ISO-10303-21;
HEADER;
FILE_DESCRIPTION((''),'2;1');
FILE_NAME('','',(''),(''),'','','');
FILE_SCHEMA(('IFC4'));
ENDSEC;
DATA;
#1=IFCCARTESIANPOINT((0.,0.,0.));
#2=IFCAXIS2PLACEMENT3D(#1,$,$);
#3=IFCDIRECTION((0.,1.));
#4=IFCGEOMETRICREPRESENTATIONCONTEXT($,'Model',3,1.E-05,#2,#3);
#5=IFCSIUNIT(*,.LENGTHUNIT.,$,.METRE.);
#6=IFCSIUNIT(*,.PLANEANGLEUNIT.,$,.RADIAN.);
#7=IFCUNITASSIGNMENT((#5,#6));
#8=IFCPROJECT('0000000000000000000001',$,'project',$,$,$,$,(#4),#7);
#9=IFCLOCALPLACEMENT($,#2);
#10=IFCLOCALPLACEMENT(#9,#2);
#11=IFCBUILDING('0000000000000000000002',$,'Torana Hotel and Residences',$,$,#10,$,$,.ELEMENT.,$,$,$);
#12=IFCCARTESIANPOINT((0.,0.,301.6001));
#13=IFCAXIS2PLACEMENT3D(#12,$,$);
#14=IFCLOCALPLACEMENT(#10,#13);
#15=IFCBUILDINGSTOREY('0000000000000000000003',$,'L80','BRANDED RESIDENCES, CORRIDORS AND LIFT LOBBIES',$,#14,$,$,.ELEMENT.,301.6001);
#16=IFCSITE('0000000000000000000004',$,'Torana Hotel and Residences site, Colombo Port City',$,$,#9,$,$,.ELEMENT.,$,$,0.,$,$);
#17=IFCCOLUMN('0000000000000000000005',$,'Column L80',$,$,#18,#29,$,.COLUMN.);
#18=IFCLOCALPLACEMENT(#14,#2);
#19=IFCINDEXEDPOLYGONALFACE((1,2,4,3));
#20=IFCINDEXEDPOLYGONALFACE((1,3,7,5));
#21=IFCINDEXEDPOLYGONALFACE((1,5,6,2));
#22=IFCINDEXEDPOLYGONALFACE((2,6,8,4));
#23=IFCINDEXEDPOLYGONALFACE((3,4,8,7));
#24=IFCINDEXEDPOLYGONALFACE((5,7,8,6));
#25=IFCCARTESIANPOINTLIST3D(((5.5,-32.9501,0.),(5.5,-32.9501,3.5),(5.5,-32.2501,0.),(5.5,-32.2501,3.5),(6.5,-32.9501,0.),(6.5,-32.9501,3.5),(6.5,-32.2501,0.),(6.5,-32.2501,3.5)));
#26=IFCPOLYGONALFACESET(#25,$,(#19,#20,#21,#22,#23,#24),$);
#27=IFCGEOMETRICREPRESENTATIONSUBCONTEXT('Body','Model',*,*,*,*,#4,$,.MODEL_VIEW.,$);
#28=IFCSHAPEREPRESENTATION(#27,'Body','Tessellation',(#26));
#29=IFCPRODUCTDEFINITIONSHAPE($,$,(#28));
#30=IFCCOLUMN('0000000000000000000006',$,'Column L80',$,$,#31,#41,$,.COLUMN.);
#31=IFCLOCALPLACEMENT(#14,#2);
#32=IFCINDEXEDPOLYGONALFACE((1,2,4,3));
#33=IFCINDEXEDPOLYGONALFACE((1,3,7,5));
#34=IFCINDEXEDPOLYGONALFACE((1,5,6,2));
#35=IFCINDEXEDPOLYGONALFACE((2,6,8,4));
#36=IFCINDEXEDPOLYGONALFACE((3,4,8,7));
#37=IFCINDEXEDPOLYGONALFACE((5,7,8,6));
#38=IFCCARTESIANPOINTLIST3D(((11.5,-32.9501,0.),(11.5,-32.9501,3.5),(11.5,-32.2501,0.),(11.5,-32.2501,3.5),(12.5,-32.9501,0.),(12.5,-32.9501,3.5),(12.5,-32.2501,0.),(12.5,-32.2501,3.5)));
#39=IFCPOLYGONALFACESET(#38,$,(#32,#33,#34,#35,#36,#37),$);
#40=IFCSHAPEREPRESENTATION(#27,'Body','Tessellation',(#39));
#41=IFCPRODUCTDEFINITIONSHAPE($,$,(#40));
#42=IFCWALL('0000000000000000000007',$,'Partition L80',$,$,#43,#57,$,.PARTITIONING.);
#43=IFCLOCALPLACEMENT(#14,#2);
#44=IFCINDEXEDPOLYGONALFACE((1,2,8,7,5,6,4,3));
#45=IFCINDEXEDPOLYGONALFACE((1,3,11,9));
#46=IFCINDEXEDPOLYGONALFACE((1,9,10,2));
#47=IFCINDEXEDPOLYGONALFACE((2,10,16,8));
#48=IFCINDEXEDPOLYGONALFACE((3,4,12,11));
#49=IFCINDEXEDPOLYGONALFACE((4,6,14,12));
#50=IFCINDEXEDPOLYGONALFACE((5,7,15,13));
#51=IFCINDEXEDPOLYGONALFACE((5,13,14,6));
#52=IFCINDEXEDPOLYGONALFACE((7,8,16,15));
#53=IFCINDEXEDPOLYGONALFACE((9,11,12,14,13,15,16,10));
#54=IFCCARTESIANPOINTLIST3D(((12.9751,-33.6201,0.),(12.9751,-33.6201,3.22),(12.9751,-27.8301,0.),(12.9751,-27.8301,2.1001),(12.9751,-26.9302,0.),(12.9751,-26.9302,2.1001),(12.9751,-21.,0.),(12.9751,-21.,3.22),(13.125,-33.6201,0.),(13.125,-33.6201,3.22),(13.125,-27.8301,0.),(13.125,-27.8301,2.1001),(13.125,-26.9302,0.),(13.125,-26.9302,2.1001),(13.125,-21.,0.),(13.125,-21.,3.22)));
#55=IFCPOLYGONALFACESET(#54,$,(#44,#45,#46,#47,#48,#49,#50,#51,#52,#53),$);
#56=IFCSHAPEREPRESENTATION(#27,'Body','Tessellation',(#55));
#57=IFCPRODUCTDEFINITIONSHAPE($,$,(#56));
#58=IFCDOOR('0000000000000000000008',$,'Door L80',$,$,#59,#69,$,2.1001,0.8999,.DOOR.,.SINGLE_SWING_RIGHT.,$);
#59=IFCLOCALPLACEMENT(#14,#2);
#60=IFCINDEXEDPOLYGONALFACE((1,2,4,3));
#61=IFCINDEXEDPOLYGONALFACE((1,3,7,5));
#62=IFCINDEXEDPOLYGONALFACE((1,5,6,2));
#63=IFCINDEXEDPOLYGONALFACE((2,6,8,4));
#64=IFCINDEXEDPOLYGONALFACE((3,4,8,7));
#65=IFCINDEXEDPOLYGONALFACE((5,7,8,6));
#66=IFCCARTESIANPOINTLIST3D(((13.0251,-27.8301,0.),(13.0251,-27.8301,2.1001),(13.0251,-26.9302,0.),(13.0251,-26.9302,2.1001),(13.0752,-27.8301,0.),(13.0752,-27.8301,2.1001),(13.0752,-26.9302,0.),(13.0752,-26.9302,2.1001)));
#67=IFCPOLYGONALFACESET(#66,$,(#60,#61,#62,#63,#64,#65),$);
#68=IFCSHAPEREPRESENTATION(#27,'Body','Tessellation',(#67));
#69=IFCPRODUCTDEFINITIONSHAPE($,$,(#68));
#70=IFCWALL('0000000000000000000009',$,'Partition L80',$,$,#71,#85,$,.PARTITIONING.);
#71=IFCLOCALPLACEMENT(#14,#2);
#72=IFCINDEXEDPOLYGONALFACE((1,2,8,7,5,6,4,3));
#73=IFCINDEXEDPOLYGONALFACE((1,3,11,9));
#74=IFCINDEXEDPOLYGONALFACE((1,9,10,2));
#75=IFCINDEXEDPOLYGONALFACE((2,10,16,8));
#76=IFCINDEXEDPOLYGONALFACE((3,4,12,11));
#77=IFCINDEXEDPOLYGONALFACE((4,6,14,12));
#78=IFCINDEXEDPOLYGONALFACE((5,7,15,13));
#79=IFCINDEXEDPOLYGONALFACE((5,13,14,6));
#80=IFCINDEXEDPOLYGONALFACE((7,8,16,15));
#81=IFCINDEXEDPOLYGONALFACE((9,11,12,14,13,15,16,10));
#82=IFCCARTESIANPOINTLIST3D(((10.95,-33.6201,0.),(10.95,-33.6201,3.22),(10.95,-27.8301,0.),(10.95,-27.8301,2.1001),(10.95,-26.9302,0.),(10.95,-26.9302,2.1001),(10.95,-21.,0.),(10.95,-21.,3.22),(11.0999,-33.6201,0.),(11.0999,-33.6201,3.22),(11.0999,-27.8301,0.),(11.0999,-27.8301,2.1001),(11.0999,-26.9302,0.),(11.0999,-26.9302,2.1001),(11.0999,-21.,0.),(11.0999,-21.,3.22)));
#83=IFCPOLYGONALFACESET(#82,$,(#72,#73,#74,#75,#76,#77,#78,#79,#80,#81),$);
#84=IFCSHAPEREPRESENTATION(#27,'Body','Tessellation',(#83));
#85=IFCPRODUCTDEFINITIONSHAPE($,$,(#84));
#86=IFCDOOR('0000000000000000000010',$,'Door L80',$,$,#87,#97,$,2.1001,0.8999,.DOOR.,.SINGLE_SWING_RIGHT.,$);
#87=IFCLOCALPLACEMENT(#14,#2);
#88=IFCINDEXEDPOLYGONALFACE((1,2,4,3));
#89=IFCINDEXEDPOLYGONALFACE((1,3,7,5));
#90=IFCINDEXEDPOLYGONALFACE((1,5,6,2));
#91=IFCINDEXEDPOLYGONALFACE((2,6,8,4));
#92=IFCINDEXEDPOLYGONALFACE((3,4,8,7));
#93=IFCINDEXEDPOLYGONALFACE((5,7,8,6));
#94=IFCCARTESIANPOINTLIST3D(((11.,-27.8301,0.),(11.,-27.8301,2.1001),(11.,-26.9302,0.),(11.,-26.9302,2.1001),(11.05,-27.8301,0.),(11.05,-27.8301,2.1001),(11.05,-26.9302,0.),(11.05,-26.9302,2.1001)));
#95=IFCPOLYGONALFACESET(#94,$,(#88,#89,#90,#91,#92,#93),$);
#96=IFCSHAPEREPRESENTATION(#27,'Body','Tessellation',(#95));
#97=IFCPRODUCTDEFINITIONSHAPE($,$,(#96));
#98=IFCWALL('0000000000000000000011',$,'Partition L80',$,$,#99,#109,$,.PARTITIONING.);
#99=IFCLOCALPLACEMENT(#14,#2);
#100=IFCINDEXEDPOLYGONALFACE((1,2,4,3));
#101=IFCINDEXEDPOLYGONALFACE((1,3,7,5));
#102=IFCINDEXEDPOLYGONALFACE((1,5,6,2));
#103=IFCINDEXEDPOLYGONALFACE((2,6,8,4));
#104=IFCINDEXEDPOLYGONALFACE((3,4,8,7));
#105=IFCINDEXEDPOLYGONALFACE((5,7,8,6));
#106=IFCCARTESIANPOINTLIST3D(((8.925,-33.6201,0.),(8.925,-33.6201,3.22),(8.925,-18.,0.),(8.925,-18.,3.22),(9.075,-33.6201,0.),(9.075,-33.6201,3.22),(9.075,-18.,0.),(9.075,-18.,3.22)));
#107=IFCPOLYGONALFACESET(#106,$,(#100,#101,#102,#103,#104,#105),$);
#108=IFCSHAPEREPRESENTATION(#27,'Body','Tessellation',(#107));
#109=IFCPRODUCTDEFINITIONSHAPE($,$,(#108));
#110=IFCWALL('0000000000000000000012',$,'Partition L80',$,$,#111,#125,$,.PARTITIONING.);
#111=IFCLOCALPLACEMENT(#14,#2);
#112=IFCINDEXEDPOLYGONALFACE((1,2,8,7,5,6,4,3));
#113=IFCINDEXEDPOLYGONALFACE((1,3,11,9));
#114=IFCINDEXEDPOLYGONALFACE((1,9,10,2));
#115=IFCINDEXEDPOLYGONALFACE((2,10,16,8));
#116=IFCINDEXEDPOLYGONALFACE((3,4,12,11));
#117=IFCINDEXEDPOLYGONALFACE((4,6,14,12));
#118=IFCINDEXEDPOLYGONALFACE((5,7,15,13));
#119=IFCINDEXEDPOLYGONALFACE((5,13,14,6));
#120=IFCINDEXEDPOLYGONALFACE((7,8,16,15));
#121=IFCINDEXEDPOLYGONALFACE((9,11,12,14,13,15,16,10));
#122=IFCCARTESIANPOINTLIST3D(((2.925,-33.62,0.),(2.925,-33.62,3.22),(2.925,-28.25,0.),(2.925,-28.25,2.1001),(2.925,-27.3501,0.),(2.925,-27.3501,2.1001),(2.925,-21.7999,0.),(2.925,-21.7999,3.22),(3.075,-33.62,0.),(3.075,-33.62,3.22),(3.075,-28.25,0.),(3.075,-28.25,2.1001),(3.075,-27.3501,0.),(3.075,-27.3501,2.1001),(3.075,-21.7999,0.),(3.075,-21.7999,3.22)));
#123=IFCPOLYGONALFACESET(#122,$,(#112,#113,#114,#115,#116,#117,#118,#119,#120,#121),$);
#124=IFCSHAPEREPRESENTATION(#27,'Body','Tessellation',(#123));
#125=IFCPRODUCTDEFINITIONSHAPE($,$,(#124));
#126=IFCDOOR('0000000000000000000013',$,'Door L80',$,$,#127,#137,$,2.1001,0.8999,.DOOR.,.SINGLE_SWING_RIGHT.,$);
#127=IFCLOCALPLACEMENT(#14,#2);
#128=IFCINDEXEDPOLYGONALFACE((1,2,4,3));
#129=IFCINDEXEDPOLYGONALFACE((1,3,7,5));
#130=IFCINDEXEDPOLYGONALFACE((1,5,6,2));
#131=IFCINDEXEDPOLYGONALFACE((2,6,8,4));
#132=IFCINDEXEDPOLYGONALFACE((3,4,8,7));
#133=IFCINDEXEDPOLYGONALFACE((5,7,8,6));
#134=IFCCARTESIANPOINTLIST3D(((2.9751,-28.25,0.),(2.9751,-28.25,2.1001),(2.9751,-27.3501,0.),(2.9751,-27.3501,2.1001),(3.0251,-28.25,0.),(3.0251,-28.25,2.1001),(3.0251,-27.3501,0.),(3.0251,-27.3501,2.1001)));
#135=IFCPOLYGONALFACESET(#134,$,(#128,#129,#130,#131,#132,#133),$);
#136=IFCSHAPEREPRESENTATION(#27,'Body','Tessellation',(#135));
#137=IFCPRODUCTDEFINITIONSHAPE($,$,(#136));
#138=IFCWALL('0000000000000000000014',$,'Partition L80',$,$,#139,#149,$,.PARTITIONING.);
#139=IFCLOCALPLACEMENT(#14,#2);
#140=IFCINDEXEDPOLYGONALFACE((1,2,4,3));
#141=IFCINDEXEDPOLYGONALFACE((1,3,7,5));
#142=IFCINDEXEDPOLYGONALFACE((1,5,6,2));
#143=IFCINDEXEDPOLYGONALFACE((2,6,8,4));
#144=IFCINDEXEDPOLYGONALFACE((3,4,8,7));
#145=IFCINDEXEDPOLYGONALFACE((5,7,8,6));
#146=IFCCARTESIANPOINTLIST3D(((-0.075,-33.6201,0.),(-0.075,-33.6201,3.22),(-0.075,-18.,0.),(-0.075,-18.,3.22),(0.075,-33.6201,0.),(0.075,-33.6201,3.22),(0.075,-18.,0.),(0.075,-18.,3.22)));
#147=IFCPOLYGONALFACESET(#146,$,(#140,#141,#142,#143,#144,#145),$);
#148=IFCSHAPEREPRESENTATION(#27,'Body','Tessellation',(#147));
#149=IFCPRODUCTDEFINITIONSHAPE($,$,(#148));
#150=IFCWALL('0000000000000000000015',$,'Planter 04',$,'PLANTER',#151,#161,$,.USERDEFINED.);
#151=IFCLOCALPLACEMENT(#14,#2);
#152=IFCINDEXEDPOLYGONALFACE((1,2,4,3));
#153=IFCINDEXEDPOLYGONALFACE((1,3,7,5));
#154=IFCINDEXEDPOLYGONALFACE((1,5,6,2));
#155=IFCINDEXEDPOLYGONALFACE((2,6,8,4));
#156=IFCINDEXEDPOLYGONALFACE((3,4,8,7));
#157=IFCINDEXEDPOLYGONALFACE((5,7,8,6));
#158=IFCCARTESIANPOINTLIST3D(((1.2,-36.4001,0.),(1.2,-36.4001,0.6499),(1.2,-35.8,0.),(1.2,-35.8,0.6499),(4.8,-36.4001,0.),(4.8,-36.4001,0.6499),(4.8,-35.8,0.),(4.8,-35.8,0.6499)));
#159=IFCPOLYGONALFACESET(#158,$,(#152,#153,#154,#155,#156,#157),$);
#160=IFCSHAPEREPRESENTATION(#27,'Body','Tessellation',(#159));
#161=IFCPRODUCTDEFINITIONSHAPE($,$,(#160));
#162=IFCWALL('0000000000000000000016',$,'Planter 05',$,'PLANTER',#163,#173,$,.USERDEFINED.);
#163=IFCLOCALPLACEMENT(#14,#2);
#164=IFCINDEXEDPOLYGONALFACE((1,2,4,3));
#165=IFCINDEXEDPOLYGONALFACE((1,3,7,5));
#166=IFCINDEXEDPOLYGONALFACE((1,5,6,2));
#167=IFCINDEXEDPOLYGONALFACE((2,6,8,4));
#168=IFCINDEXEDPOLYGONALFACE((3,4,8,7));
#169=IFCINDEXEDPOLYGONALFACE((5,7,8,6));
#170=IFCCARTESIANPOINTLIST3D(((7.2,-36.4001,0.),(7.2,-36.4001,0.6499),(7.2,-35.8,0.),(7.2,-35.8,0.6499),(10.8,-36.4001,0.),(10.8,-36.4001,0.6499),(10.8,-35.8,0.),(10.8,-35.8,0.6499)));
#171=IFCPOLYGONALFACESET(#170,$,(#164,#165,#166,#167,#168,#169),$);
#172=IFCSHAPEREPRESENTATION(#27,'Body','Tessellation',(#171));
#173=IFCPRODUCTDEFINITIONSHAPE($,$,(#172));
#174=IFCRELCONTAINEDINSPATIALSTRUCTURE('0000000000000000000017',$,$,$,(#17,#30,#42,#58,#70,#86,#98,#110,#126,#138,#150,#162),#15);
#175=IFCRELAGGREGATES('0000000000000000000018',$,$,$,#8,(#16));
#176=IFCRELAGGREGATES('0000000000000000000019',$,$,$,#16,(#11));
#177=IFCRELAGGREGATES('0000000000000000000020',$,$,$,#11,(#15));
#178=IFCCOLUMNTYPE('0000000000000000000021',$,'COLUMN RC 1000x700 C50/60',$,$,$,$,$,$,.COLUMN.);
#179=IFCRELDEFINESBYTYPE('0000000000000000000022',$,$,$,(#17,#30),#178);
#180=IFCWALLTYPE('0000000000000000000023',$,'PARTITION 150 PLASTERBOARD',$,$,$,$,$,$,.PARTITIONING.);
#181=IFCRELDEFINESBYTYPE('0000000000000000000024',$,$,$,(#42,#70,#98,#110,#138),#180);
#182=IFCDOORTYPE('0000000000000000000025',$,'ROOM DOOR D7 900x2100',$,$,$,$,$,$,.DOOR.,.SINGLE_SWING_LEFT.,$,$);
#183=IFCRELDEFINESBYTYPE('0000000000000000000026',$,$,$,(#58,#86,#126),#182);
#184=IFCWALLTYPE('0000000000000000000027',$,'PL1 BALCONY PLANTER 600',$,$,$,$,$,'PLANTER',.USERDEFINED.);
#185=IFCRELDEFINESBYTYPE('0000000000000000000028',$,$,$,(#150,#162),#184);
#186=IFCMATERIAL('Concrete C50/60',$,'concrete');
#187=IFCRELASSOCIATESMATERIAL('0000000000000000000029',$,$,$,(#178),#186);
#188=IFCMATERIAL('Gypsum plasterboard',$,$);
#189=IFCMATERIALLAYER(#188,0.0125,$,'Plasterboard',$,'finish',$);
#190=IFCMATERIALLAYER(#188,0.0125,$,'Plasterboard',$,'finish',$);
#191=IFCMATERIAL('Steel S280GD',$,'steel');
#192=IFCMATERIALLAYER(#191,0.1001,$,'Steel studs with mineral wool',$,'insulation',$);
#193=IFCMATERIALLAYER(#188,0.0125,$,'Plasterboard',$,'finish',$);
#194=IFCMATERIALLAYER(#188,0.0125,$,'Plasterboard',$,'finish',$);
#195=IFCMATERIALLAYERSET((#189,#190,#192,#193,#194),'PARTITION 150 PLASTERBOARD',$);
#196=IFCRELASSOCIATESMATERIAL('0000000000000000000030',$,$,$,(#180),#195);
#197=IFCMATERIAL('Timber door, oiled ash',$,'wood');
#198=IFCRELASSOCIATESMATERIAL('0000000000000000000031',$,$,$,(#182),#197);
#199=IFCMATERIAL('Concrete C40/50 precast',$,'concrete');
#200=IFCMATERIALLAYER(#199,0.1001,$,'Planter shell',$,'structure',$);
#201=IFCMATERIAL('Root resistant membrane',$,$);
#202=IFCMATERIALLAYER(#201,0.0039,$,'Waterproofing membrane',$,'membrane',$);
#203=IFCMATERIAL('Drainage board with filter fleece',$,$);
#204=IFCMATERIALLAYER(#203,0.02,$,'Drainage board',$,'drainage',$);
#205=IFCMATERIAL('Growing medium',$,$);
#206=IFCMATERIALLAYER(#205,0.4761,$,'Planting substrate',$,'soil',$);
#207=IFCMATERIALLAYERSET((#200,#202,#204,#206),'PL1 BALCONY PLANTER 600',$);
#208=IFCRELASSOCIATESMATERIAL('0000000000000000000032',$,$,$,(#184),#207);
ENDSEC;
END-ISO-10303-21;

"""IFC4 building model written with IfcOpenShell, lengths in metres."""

from ifc_helpers import new_model, si_unit, direction, frame, frame_2d, origin, origin_2d, place, context, subcontext, project, spatial, rectangle, extrude, material, layer, layer_set, material_profile, profile_set, type_object, element, fill, save


model = new_model("IFC4")

# Units and contexts
model_context = context("Model", 3, precision=1e-05, world=origin(), true_north=direction((0.0, 1.0)))
body_context = subcontext(model_context, "Body", "Model", "MODEL_VIEW")
ifc_project = project(units=[si_unit("LENGTHUNIT", "METRE"), si_unit("PLANEANGLEUNIT", "RADIAN")], contexts=[model_context])

# Site, building, storey
site_placement = place(None, origin())
site = spatial("IfcSite", under=ifc_project, at=site_placement, Name="Torana Hotel and Residences site, Colombo Port City", CompositionType="ELEMENT", RefElevation=0.0)
building_placement = place(site_placement, origin())
building = spatial("IfcBuilding", under=site, at=building_placement, Name="Torana Hotel and Residences", CompositionType="ELEMENT")
storey_placement = place(building_placement, frame((0.0, 0.0, 301.6001)))
storey = spatial("IfcBuildingStorey", under=building, at=storey_placement, Name="L80", Description="BRANDED RESIDENCES, CORRIDORS AND LIFT LOBBIES", CompositionType="ELEMENT", Elevation=301.6001)

# Columns
ifc_material_1 = material(Name="Concrete C50/60", Category="concrete")
ifc_material_profile = material_profile(ifc_material_1, rectangle(XDim=1.0, YDim=0.7, at=origin_2d()), Name="RC 1000x700")
ifc_profile_set = profile_set([ifc_material_profile], Name="Concrete C50/60")
column_type = type_object("IfcColumnType", Name="COLUMN RC 1000x700 C50/60", PredefinedType="COLUMN", material=ifc_profile_set)
for number, where, z_axis, x_axis, name in (
    (1, (6.0, -32.6001, 0.0), (0.0, 0.0, 1.0), (1.0, 0.0, 0.0), "Column L80"),
    (2, (12.0, -32.6001, 0.0), (0.0, 0.0, 1.0), (1.0, 0.0, 0.0), "Column L80"),
):
    element("IfcColumn", number, at=place(storey_placement, frame(where, z_axis=z_axis, x_axis=x_axis)), inside=storey, type_object=column_type, Name=name, PredefinedType="COLUMN", context=body_context, shape_type="SweptSolid", body=[
        extrude(rectangle(XDim=1.0, YDim=0.7, at=origin_2d()), origin(), (0.0, 0.0, 1.0), 3.5),
    ])

# Walls, openings, doors
ifc_material_2 = material(Name="Gypsum plasterboard")
ifc_layer_1 = layer(ifc_material_2, 0.0125, Name="Plasterboard", Category="finish")
ifc_layer_2 = layer(ifc_material_2, 0.0125, Name="Plasterboard", Category="finish")
ifc_material_3 = material(Name="Steel S280GD", Category="steel")
ifc_layer_3 = layer(ifc_material_3, 0.1001, Name="Steel studs with mineral wool", Category="insulation")
ifc_layer_4 = layer(ifc_material_2, 0.0125, Name="Plasterboard", Category="finish")
ifc_layer_5 = layer(ifc_material_2, 0.0125, Name="Plasterboard", Category="finish")
ifc_layer_set_1 = layer_set([ifc_layer_1, ifc_layer_2, ifc_layer_3, ifc_layer_4, ifc_layer_5], Name="PARTITION 150 PLASTERBOARD")
wall_type_1 = type_object("IfcWallType", Name="PARTITION 150 PLASTERBOARD", PredefinedType="PARTITIONING", material=ifc_layer_set_1)
wall_1_placement = place(storey_placement, frame((13.05, -33.6201, 0.0), z_axis=(0.0, 0.0, 1.0), x_axis=(0.0, 1.0, 0.0)))
wall_1 = element("IfcWall", 3, at=wall_1_placement, inside=storey, type_object=wall_type_1, Name="Partition L80", PredefinedType="PARTITIONING", context=body_context, shape_type="SweptSolid", body=[
    extrude(rectangle(XDim=12.6201, YDim=0.1499, at=frame_2d((6.3101, 0.0))), origin(), (0.0, 0.0, 1.0), 3.22),
])
opening_1_placement = place(wall_1_placement, frame((5.79, 0.0, 0.0)))
opening_1 = element("IfcOpeningElement", 4, at=opening_1_placement, cuts=wall_1, PredefinedType="OPENING", context=body_context, shape_type="SweptSolid", body=[
    extrude(rectangle(XDim=0.8999, YDim=2.1001, at=frame_2d((0.45, 1.05))), frame((0.0, 0.085, 0.0), z_axis=(0.0, -1.0, 0.0), x_axis=(1.0, 0.0, 0.0)), (0.0, 0.0, 1.0), 0.1699),
])
ifc_material_4 = material(Name="Timber door, oiled ash", Category="wood")
door_type = type_object("IfcDoorType", Name="ROOM DOOR D7 900x2100", OperationType="SINGLE_SWING_LEFT", PredefinedType="DOOR", material=ifc_material_4)
door_1_placement = place(opening_1_placement, origin())
door_1 = element("IfcDoor", 5, at=door_1_placement, inside=storey, type_object=door_type, Name="Door L80", OperationType="SINGLE_SWING_RIGHT", OverallHeight=2.1001, OverallWidth=0.8999, PredefinedType="DOOR", context=body_context, shape_type="SweptSolid", body=[
    extrude(rectangle(XDim=0.8999, YDim=2.1001, at=frame_2d((0.45, 1.05))), frame((0.0, 0.0249, 0.0), z_axis=(0.0, -1.0, 0.0), x_axis=(1.0, 0.0, 0.0)), (0.0, 0.0, 1.0), 0.05),
])
fill(opening_1, door_1)
wall_2_placement = place(storey_placement, frame((11.0249, -33.6201, 0.0), z_axis=(0.0, 0.0, 1.0), x_axis=(0.0, 1.0, 0.0)))
wall_2 = element("IfcWall", 6, at=wall_2_placement, inside=storey, type_object=wall_type_1, Name="Partition L80", PredefinedType="PARTITIONING", context=body_context, shape_type="SweptSolid", body=[
    extrude(rectangle(XDim=12.6201, YDim=0.1499, at=frame_2d((6.3101, 0.0))), origin(), (0.0, 0.0, 1.0), 3.22),
])
opening_2_placement = place(wall_2_placement, frame((5.79, 0.0, 0.0)))
opening_2 = element("IfcOpeningElement", 7, at=opening_2_placement, cuts=wall_2, PredefinedType="OPENING", context=body_context, shape_type="SweptSolid", body=[
    extrude(rectangle(XDim=0.8999, YDim=2.1001, at=frame_2d((0.45, 1.05))), frame((0.0, 0.085, 0.0), z_axis=(0.0, -1.0, 0.0), x_axis=(1.0, 0.0, 0.0)), (0.0, 0.0, 1.0), 0.1699),
])
door_2_placement = place(opening_2_placement, origin())
door_2 = element("IfcDoor", 8, at=door_2_placement, inside=storey, type_object=door_type, Name="Door L80", OperationType="SINGLE_SWING_RIGHT", OverallHeight=2.1001, OverallWidth=0.8999, PredefinedType="DOOR", context=body_context, shape_type="SweptSolid", body=[
    extrude(rectangle(XDim=0.8999, YDim=2.1001, at=frame_2d((0.45, 1.05))), frame((0.0, 0.0249, 0.0), z_axis=(0.0, -1.0, 0.0), x_axis=(1.0, 0.0, 0.0)), (0.0, 0.0, 1.0), 0.05),
])
fill(opening_2, door_2)

# Wall
wall_3_placement = place(storey_placement, frame((9.0, -33.6201, 0.0), z_axis=(0.0, 0.0, 1.0), x_axis=(0.0, 1.0, 0.0)))
element("IfcWall", 9, at=wall_3_placement, inside=storey, type_object=wall_type_1, Name="Partition L80", PredefinedType="PARTITIONING", context=body_context, shape_type="SweptSolid", body=[
    extrude(rectangle(XDim=15.6201, YDim=0.1499, at=frame_2d((7.8101, 0.0))), origin(), (0.0, 0.0, 1.0), 3.22),
])

# Wall, opening, door
wall_4_placement = place(storey_placement, frame((3.0, -33.6201, 0.0), z_axis=(0.0, 0.0, 1.0), x_axis=(0.0, 1.0, 0.0)))
wall_4 = element("IfcWall", 10, at=wall_4_placement, inside=storey, type_object=wall_type_1, Name="Partition L80", PredefinedType="PARTITIONING", context=body_context, shape_type="SweptSolid", body=[
    extrude(rectangle(XDim=11.8201, YDim=0.1499, at=frame_2d((5.9102, 0.0))), origin(), (0.0, 0.0, 1.0), 3.22),
])
opening_3_placement = place(wall_4_placement, frame((5.3701, 0.0, 0.0)))
opening_3 = element("IfcOpeningElement", 11, at=opening_3_placement, cuts=wall_4, PredefinedType="OPENING", context=body_context, shape_type="SweptSolid", body=[
    extrude(rectangle(XDim=0.8999, YDim=2.1001, at=frame_2d((0.45, 1.05))), frame((0.0, 0.085, 0.0), z_axis=(0.0, -1.0, 0.0), x_axis=(1.0, 0.0, 0.0)), (0.0, 0.0, 1.0), 0.1699),
])
door_3_placement = place(opening_3_placement, origin())
door_3 = element("IfcDoor", 12, at=door_3_placement, inside=storey, type_object=door_type, Name="Door L80", OperationType="SINGLE_SWING_RIGHT", OverallHeight=2.1001, OverallWidth=0.8999, PredefinedType="DOOR", context=body_context, shape_type="SweptSolid", body=[
    extrude(rectangle(XDim=0.8999, YDim=2.1001, at=frame_2d((0.45, 1.05))), frame((0.0, 0.0249, 0.0), z_axis=(0.0, -1.0, 0.0), x_axis=(1.0, 0.0, 0.0)), (0.0, 0.0, 1.0), 0.05),
])
fill(opening_3, door_3)

# Walls
wall_5_placement = place(storey_placement, frame((0.0, -33.6201, 0.0), z_axis=(0.0, 0.0, 1.0), x_axis=(0.0, 1.0, 0.0)))
element("IfcWall", 13, at=wall_5_placement, inside=storey, type_object=wall_type_1, Name="Partition L80", PredefinedType="PARTITIONING", context=body_context, shape_type="SweptSolid", body=[
    extrude(rectangle(XDim=15.6201, YDim=0.1499, at=frame_2d((7.8101, 0.0))), origin(), (0.0, 0.0, 1.0), 3.22),
])
ifc_material_5 = material(Name="Concrete C40/50 precast", Category="concrete")
ifc_layer_6 = layer(ifc_material_5, 0.1001, Name="Planter shell", Category="structure")
ifc_material_6 = material(Name="Root resistant membrane")
ifc_layer_7 = layer(ifc_material_6, 0.0039, Name="Waterproofing membrane", Category="membrane")
ifc_material_7 = material(Name="Drainage board with filter fleece")
ifc_layer_8 = layer(ifc_material_7, 0.02, Name="Drainage board", Category="drainage")
ifc_material_8 = material(Name="Growing medium")
ifc_layer_9 = layer(ifc_material_8, 0.4761, Name="Planting substrate", Category="soil")
ifc_layer_set_2 = layer_set([ifc_layer_6, ifc_layer_7, ifc_layer_8, ifc_layer_9], Name="PL1 BALCONY PLANTER 600")
wall_type_2 = type_object("IfcWallType", Name="PL1 BALCONY PLANTER 600", ElementType="PLANTER", PredefinedType="USERDEFINED", material=ifc_layer_set_2)
for number, where, z_axis, x_axis, name in (
    (14, (4.8, -36.1001, 0.0), (0.0, 0.0, 1.0), (-1.0, 0.0, 0.0), "Planter 04"),
    (15, (10.8, -36.1001, 0.0), (0.0, 0.0, 1.0), (-1.0, 0.0, 0.0), "Planter 05"),
):
    element("IfcWall", number, at=place(storey_placement, frame(where, z_axis=z_axis, x_axis=x_axis)), inside=storey, type_object=wall_type_2, Name=name, ObjectType="PLANTER", PredefinedType="USERDEFINED", context=body_context, shape_type="SweptSolid", body=[
        extrude(rectangle(XDim=3.6001, YDim=0.6001, at=frame_2d((1.8, 0.0))), origin(), (0.0, 0.0, 1.0), 0.6499),
    ])

save(model, "model.ifc")
